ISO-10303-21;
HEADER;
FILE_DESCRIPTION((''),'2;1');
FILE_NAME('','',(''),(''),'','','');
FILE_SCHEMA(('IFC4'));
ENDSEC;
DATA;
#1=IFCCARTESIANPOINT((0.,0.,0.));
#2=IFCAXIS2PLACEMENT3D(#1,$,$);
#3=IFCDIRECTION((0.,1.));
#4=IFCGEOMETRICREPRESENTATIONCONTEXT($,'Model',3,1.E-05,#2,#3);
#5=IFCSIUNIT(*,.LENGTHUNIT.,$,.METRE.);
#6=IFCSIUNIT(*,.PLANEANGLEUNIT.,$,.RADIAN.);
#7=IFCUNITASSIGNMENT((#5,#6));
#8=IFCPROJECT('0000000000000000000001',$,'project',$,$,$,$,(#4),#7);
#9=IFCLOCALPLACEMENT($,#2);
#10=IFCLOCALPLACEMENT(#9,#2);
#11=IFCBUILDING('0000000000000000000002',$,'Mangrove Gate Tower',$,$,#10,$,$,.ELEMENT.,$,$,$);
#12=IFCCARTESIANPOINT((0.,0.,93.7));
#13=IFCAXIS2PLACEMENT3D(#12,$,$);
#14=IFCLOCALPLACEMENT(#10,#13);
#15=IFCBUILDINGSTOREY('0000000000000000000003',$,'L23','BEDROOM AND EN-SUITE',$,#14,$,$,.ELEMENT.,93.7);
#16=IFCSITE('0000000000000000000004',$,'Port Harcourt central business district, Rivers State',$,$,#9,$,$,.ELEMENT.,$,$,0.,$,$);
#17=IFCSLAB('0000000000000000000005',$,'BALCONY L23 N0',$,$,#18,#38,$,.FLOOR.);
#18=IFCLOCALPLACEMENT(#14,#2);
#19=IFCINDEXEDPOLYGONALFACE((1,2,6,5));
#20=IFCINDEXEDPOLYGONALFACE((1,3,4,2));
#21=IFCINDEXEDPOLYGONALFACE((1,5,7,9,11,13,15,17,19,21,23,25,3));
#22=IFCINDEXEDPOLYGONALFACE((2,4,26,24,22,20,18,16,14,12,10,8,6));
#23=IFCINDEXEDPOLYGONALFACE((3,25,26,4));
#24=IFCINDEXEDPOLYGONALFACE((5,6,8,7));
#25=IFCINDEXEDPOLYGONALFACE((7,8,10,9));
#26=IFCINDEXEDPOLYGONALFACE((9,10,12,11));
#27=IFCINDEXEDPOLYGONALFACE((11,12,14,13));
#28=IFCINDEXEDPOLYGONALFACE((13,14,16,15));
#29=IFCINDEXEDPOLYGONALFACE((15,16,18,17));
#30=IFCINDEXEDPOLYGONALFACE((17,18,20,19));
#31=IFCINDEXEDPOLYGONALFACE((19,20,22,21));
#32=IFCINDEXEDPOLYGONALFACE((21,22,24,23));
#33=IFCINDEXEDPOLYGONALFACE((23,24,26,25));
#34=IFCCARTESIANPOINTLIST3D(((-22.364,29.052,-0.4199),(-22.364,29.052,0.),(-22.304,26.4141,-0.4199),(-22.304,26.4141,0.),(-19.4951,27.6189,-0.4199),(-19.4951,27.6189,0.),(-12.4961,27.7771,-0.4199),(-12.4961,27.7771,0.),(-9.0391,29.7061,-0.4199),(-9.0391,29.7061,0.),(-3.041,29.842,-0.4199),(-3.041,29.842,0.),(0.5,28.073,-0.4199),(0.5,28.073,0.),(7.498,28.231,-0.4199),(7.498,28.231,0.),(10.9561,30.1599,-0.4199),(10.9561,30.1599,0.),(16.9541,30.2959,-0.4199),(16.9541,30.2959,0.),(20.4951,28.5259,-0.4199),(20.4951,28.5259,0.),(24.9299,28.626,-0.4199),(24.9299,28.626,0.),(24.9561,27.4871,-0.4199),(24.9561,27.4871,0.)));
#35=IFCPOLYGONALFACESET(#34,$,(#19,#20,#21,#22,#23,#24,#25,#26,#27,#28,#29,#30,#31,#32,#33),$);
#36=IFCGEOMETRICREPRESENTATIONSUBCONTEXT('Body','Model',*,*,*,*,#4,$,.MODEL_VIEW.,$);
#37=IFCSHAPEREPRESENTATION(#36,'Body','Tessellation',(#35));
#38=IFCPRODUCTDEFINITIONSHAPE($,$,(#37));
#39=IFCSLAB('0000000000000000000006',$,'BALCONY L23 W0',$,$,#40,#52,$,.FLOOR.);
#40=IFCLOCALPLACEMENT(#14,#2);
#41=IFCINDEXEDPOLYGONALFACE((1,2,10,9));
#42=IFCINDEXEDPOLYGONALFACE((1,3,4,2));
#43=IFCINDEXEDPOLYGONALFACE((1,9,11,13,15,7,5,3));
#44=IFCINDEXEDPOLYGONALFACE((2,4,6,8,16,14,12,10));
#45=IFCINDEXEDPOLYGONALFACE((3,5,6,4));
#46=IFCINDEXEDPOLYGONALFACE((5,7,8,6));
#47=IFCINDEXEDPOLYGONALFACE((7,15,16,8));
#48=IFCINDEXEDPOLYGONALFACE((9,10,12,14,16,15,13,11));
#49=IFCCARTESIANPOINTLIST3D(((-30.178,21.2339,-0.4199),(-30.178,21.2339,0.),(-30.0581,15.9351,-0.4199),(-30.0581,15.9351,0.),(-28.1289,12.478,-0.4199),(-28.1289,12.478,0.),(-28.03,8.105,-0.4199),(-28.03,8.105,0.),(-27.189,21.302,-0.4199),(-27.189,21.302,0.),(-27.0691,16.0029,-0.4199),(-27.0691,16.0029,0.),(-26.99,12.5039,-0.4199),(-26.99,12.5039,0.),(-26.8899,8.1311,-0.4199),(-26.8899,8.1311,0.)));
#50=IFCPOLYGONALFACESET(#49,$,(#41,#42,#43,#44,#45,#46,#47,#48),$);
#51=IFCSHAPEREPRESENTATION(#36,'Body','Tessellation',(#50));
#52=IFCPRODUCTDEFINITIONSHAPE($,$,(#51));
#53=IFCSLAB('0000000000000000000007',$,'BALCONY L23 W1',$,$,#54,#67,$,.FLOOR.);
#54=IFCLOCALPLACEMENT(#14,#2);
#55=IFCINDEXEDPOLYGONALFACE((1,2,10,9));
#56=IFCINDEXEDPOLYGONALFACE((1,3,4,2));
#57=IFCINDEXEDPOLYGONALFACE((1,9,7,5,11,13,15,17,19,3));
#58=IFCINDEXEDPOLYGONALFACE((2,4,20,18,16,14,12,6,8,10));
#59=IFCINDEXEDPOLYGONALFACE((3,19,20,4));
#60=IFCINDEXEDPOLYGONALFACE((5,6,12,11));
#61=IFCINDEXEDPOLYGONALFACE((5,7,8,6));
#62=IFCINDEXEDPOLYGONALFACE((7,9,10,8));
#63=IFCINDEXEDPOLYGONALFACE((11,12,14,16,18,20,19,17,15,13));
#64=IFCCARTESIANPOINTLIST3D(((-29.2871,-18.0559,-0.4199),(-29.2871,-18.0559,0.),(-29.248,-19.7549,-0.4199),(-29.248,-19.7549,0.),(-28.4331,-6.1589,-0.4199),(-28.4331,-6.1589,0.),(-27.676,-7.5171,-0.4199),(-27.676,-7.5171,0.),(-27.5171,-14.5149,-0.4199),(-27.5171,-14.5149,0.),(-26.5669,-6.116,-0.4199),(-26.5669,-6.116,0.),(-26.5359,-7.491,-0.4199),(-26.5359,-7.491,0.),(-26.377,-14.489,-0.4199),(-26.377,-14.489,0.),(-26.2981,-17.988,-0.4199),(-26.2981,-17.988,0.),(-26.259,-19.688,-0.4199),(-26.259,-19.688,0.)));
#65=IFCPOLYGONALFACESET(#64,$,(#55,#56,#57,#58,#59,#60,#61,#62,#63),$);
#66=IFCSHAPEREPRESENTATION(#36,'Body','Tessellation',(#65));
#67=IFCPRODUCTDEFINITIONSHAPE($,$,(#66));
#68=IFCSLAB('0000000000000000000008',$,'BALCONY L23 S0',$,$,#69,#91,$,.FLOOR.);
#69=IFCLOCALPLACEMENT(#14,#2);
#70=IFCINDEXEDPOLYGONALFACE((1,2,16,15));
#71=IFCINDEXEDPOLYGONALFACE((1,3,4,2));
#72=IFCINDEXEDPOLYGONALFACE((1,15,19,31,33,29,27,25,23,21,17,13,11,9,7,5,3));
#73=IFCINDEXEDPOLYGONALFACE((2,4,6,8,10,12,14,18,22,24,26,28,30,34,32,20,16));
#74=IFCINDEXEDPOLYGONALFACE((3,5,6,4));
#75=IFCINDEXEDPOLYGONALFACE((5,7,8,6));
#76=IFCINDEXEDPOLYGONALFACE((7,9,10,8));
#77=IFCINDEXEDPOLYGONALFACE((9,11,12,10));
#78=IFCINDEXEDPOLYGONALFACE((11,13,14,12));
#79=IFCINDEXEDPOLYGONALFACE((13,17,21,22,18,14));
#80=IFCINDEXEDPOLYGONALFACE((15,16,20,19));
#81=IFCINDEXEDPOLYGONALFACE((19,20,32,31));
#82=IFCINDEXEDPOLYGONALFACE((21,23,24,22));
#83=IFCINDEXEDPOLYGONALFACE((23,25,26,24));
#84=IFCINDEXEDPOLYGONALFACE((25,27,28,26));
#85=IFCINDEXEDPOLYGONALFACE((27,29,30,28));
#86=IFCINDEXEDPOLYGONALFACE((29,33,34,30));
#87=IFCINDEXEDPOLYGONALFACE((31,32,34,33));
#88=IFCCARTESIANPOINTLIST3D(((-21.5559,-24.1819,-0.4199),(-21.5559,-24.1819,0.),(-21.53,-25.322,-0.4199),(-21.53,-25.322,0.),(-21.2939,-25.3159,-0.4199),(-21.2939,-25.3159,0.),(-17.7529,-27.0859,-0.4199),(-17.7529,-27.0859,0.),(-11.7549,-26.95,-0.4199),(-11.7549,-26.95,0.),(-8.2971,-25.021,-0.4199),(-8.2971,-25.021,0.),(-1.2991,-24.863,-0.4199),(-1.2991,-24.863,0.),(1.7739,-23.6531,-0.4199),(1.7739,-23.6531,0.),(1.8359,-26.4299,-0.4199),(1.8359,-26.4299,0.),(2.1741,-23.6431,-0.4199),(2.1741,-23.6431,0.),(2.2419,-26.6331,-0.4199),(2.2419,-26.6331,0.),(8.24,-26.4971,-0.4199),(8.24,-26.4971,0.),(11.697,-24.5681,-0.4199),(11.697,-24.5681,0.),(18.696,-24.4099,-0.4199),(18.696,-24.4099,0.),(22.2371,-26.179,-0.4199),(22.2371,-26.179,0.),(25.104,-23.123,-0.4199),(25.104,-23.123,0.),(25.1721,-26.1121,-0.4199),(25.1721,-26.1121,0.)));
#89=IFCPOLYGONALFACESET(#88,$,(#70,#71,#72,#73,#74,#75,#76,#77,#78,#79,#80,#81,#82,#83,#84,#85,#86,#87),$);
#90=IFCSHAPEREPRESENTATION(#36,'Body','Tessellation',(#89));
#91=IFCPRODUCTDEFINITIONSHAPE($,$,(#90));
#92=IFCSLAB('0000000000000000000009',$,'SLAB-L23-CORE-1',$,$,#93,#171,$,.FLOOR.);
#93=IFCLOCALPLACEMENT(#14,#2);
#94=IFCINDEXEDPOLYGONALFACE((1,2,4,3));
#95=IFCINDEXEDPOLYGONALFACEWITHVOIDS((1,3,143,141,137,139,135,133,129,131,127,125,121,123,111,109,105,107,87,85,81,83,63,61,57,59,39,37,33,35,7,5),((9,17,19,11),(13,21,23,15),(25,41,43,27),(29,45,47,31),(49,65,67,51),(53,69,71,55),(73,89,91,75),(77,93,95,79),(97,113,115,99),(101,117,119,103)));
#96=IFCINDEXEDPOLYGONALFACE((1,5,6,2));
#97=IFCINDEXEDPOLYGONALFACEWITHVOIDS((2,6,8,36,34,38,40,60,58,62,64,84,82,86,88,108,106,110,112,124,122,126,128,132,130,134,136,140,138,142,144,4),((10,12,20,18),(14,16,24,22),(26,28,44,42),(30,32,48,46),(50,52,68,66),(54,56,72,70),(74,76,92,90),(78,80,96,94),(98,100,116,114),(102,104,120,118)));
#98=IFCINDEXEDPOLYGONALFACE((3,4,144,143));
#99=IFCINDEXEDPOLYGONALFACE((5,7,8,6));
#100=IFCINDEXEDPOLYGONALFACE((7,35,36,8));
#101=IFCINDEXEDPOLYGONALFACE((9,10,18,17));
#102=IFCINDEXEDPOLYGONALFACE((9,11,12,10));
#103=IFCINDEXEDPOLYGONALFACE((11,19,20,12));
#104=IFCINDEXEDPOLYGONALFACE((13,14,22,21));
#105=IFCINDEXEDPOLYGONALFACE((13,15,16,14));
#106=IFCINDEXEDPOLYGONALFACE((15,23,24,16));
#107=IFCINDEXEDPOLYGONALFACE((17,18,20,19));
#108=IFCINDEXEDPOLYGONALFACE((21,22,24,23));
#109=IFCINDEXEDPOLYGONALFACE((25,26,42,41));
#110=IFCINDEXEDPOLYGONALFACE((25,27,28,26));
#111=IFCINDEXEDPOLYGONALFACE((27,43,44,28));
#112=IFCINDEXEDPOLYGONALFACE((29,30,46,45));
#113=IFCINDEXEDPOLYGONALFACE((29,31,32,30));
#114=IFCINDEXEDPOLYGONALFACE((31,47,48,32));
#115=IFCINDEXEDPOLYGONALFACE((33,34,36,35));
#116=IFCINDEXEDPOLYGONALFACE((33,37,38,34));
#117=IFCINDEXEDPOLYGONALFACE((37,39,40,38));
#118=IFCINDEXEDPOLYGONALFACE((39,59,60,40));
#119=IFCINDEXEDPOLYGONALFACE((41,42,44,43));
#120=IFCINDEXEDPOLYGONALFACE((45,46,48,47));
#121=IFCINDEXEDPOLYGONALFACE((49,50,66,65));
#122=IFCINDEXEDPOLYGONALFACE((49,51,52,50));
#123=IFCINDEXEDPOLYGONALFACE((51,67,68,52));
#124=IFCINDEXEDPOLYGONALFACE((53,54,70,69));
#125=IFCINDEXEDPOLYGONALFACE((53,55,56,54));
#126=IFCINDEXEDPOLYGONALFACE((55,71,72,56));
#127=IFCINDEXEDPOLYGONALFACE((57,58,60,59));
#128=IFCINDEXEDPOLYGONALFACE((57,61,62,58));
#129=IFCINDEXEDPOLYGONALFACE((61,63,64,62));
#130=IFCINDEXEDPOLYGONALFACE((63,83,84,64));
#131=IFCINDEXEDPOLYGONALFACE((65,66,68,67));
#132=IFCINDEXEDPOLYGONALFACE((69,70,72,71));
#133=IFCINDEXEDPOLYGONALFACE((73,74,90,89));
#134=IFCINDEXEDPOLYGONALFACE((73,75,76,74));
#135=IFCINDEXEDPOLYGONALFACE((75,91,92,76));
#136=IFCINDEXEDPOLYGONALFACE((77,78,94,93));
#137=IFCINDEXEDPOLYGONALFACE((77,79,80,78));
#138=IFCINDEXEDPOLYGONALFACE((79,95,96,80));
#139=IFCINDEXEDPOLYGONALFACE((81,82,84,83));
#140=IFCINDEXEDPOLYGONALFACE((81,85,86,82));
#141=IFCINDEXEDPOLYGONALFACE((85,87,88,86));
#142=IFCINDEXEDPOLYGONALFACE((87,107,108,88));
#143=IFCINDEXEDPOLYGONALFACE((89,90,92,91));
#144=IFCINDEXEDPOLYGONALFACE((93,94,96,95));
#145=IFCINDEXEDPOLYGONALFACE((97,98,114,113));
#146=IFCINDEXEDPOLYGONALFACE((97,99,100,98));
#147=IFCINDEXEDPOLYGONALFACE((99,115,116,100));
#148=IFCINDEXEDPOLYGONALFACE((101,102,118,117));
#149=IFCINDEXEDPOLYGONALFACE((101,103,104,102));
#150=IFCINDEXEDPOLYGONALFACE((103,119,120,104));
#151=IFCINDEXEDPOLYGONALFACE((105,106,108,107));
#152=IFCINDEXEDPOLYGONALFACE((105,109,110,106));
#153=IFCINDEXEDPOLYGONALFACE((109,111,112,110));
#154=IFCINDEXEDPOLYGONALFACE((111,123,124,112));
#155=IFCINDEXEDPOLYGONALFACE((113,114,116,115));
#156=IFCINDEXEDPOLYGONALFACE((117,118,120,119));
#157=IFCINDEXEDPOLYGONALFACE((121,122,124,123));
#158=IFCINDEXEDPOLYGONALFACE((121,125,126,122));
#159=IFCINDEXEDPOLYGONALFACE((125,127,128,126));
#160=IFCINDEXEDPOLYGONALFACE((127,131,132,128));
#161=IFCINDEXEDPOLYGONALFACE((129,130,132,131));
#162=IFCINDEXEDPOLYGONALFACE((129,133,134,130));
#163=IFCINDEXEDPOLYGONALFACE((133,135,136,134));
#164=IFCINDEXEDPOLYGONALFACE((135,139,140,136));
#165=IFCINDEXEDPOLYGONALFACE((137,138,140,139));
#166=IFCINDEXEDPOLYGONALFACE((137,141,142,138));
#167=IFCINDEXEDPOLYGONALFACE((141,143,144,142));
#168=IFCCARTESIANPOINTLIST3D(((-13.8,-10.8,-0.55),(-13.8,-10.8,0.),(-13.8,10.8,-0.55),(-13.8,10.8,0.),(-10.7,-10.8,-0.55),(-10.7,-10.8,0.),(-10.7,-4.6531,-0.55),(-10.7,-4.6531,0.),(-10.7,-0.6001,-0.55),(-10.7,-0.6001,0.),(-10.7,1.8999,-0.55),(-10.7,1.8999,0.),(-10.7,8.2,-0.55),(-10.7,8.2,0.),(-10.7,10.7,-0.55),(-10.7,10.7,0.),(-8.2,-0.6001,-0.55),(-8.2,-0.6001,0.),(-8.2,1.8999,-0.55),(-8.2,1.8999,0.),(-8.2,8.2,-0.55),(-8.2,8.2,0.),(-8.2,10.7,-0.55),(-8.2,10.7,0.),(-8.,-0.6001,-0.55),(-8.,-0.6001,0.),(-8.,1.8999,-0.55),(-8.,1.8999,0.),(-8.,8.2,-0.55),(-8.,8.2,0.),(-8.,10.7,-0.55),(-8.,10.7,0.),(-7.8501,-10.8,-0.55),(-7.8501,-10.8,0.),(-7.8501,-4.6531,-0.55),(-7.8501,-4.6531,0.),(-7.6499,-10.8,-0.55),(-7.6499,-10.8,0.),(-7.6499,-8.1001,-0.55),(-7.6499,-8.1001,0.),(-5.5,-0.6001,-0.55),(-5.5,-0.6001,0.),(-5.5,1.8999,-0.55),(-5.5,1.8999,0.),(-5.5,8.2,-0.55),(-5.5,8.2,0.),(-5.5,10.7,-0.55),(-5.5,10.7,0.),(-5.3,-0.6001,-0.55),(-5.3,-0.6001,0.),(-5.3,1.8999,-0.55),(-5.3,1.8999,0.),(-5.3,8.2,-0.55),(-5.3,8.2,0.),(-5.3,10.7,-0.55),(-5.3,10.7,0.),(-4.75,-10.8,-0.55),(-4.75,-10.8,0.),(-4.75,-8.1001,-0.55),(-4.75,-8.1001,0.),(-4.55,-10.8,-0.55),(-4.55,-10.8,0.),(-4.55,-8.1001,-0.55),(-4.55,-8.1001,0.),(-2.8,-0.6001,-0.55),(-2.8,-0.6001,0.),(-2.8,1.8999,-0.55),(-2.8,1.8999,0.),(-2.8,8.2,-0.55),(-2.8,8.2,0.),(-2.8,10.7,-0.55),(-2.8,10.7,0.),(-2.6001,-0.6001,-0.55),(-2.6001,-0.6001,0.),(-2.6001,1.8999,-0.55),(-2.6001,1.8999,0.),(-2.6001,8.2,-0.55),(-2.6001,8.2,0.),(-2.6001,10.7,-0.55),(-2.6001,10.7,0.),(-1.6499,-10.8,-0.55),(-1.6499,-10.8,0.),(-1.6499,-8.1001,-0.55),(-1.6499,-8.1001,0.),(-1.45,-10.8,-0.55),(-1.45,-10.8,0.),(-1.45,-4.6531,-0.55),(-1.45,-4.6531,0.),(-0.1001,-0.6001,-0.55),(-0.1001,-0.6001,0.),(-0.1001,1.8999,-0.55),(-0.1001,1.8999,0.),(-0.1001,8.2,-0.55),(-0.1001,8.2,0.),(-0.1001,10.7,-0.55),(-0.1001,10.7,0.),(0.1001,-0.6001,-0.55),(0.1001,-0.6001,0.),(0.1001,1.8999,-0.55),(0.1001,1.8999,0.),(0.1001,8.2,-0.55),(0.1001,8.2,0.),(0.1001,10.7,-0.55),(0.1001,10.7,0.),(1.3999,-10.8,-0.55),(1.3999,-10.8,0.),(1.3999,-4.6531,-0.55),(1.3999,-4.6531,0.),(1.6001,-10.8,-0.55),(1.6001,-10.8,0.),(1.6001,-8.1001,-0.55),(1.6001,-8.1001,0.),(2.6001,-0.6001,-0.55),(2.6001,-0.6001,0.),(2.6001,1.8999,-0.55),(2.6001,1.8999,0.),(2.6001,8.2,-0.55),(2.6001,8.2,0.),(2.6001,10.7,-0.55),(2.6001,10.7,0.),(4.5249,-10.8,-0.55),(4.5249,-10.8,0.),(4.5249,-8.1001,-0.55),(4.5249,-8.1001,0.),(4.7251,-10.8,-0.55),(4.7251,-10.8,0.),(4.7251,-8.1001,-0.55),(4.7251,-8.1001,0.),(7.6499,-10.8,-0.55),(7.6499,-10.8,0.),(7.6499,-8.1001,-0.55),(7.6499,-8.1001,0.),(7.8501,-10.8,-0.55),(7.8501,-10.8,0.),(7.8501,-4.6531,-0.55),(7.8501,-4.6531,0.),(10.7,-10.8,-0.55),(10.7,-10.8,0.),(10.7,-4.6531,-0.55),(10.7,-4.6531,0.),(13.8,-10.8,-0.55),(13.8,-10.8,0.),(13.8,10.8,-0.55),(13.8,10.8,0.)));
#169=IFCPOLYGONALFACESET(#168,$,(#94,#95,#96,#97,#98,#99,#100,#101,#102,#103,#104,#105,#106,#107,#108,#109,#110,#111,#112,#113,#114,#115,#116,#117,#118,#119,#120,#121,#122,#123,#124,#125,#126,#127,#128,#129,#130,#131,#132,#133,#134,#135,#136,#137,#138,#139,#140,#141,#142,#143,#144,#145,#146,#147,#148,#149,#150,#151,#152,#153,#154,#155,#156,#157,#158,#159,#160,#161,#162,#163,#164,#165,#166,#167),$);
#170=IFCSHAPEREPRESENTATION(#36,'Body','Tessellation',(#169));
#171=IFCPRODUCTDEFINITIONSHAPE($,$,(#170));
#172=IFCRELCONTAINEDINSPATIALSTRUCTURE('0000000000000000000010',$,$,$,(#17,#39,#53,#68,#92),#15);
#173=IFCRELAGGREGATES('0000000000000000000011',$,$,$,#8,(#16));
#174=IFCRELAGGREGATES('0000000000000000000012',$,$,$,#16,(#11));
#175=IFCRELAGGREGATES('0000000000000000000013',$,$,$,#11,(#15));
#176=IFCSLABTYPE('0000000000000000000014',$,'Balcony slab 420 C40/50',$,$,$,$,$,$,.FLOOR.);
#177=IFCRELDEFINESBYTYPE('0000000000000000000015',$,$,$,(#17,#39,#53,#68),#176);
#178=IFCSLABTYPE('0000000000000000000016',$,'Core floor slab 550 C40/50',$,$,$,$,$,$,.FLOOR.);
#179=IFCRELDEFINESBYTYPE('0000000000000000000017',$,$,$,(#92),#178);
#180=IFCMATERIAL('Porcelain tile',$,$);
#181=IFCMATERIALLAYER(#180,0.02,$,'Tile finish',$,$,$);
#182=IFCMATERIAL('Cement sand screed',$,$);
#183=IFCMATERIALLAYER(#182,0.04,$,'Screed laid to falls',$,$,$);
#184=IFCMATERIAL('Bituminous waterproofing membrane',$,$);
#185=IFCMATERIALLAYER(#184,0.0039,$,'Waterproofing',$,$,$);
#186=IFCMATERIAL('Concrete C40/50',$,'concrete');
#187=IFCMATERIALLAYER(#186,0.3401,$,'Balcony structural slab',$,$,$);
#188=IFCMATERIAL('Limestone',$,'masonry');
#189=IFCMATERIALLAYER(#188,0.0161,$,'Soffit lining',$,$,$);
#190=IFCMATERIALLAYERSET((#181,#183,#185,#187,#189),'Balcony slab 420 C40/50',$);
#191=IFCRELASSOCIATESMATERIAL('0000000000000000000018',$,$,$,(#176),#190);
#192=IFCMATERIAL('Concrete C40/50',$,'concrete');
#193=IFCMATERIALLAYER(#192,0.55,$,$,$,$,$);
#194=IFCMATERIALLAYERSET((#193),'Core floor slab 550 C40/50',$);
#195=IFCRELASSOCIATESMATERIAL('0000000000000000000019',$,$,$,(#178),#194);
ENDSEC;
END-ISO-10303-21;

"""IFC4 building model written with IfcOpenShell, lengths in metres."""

from ifc_helpers import new_model, si_unit, direction, frame, origin, place, context, subcontext, project, spatial, polyline, outline, extrude, material, layer, layer_set, type_object, element, save


model = new_model("IFC4")

# Units and contexts
model_context = context("Model", 3, precision=1e-05, world=origin(), true_north=direction((0.0, 1.0)))
body_context = subcontext(model_context, "Body", "Model", "MODEL_VIEW")
ifc_project = project(units=[si_unit("LENGTHUNIT", "METRE"), si_unit("PLANEANGLEUNIT", "RADIAN")], contexts=[model_context])

# Site, building, storey
site_placement = place(None, origin())
site = spatial("IfcSite", under=ifc_project, at=site_placement, Name="Port Harcourt central business district, Rivers State", CompositionType="ELEMENT", RefElevation=0.0)
building_placement = place(site_placement, origin())
building = spatial("IfcBuilding", under=site, at=building_placement, Name="Mangrove Gate Tower", CompositionType="ELEMENT")
storey_placement = place(building_placement, frame((0.0, 0.0, 93.7)))
storey = spatial("IfcBuildingStorey", under=building, at=storey_placement, Name="L23", Description="BEDROOM AND EN-SUITE", CompositionType="ELEMENT", Elevation=93.7)

# Slabs
ifc_material_1 = material(Name="Porcelain tile")
ifc_layer_1 = layer(ifc_material_1, 0.02, Name="Tile finish")
ifc_material_2 = material(Name="Cement sand screed")
ifc_layer_2 = layer(ifc_material_2, 0.04, Name="Screed laid to falls")
ifc_material_3 = material(Name="Bituminous waterproofing membrane")
ifc_layer_3 = layer(ifc_material_3, 0.0039, Name="Waterproofing")
ifc_material_4 = material(Name="Concrete C40/50", Category="concrete")
ifc_layer_4 = layer(ifc_material_4, 0.3401, Name="Balcony structural slab")
ifc_material_5 = material(Name="Limestone", Category="masonry")
ifc_layer_5 = layer(ifc_material_5, 0.0161, Name="Soffit lining")
ifc_layer_set_1 = layer_set([ifc_layer_1, ifc_layer_2, ifc_layer_3, ifc_layer_4, ifc_layer_5], Name="Balcony slab 420 C40/50")
slab_type_1 = type_object("IfcSlabType", Name="Balcony slab 420 C40/50", PredefinedType="FLOOR", material=ifc_layer_set_1)
slab_1_placement = place(storey_placement, frame((0.0, 0.0, -0.4199)))
element("IfcSlab", 1, at=slab_1_placement, inside=storey, type_object=slab_type_1, Name="BALCONY L23 N0", PredefinedType="FLOOR", context=body_context, shape_type="SweptSolid", body=[
    extrude(outline(polyline([(24.9299, 28.626), (20.4951, 28.5259), (16.9541, 30.2959), (10.9561, 30.1599), (7.498, 28.231), (0.5, 28.073), (-3.041, 29.842), (-9.0391, 29.7061), (-12.4961, 27.7771), (-19.4951, 27.6189), (-22.364, 29.052), (-22.304, 26.4141), (24.9561, 27.4871), (24.9299, 28.626)])), origin(), (0.0, 0.0, 1.0), 0.4199),
])
slab_2_placement = place(storey_placement, frame((0.0, 0.0, -0.4199)))
element("IfcSlab", 2, at=slab_2_placement, inside=storey, type_object=slab_type_1, Name="BALCONY L23 W0", PredefinedType="FLOOR", context=body_context, shape_type="SweptSolid", body=[
    extrude(outline(polyline([(-30.178, 21.2339), (-30.0581, 15.9351), (-28.1289, 12.478), (-28.03, 8.105), (-26.8899, 8.1311), (-26.99, 12.5039), (-27.0691, 16.0029), (-27.189, 21.302), (-30.178, 21.2339)])), origin(), (0.0, 0.0, 1.0), 0.4199),
])
slab_3_placement = place(storey_placement, frame((0.0, 0.0, -0.4199)))
element("IfcSlab", 3, at=slab_3_placement, inside=storey, type_object=slab_type_1, Name="BALCONY L23 W1", PredefinedType="FLOOR", context=body_context, shape_type="SweptSolid", body=[
    extrude(outline(polyline([(-28.4331, -6.1589), (-27.676, -7.5171), (-27.5171, -14.5149), (-29.2871, -18.0559), (-29.248, -19.7549), (-26.259, -19.688), (-26.2981, -17.988), (-26.377, -14.489), (-26.5359, -7.491), (-26.5669, -6.116), (-28.4331, -6.1589)])), origin(), (0.0, 0.0, 1.0), 0.4199),
])
slab_4_placement = place(storey_placement, frame((0.0, 0.0, -0.4199)))
element("IfcSlab", 4, at=slab_4_placement, inside=storey, type_object=slab_type_1, Name="BALCONY L23 S0", PredefinedType="FLOOR", context=body_context, shape_type="SweptSolid", body=[
    extrude(outline(polyline([(-21.53, -25.322), (-21.2939, -25.3159), (-17.7529, -27.0859), (-11.7549, -26.95), (-8.2971, -25.021), (-1.2991, -24.863), (1.8359, -26.4299), (2.2419, -26.6331), (8.24, -26.4971), (11.697, -24.5681), (18.696, -24.4099), (22.2371, -26.179), (25.1721, -26.1121), (25.104, -23.123), (2.1741, -23.6431), (1.7739, -23.6531), (-21.5559, -24.1819), (-21.53, -25.322)])), origin(), (0.0, 0.0, 1.0), 0.4199),
])
ifc_material_6 = material(Name="Concrete C40/50", Category="concrete")
ifc_layer_6 = layer(ifc_material_6, 0.55)
ifc_layer_set_2 = layer_set([ifc_layer_6], Name="Core floor slab 550 C40/50")
slab_type_2 = type_object("IfcSlabType", Name="Core floor slab 550 C40/50", PredefinedType="FLOOR", material=ifc_layer_set_2)
slab_5_placement = place(storey_placement, frame((0.0, 0.0, -0.55)))
element("IfcSlab", 5, at=slab_5_placement, inside=storey, type_object=slab_type_2, Name="SLAB-L23-CORE-1", PredefinedType="FLOOR", context=body_context, shape_type="SweptSolid", body=[
    extrude(outline(polyline([(-13.8, -10.8), (-13.8, 10.8), (13.8, 10.8), (13.8, -10.8), (10.7, -10.8), (10.7, -4.6531), (7.8501, -4.6531), (7.8501, -10.8), (7.6499, -10.8), (7.6499, -8.1001), (4.7251, -8.1001), (4.7251, -10.8), (4.5249, -10.8), (4.5249, -8.1001), (1.6001, -8.1001), (1.6001, -10.8), (1.3999, -10.8), (1.3999, -4.6531), (-1.45, -4.6531), (-1.45, -10.8), (-1.6499, -10.8), (-1.6499, -8.1001), (-4.55, -8.1001), (-4.55, -10.8), (-4.75, -10.8), (-4.75, -8.1001), (-7.6499, -8.1001), (-7.6499, -10.8), (-7.8501, -10.8), (-7.8501, -4.6531), (-10.7, -4.6531), (-10.7, -10.8), (-13.8, -10.8)]), holes=[polyline([(-8.2, -0.6001), (-8.2, 1.8999), (-10.7, 1.8999), (-10.7, -0.6001), (-8.2, -0.6001)]), polyline([(-5.5, -0.6001), (-5.5, 1.8999), (-8.0, 1.8999), (-8.0, -0.6001), (-5.5, -0.6001)]), polyline([(-2.8, -0.6001), (-2.8, 1.8999), (-5.3, 1.8999), (-5.3, -0.6001), (-2.8, -0.6001)]), polyline([(-8.2, 8.2), (-8.2, 10.7), (-10.7, 10.7), (-10.7, 8.2), (-8.2, 8.2)]), polyline([(-5.5, 8.2), (-5.5, 10.7), (-8.0, 10.7), (-8.0, 8.2), (-5.5, 8.2)]), polyline([(-2.8, 8.2), (-2.8, 10.7), (-5.3, 10.7), (-5.3, 8.2), (-2.8, 8.2)]), polyline([(-0.1001, -0.6001), (-0.1001, 1.8999), (-2.6001, 1.8999), (-2.6001, -0.6001), (-0.1001, -0.6001)]), polyline([(2.6001, -0.6001), (2.6001, 1.8999), (0.1001, 1.8999), (0.1001, -0.6001), (2.6001, -0.6001)]), polyline([(-2.6001, 8.2), (-0.1001, 8.2), (-0.1001, 10.7), (-2.6001, 10.7), (-2.6001, 8.2)]), polyline([(0.1001, 8.2), (2.6001, 8.2), (2.6001, 10.7), (0.1001, 10.7), (0.1001, 8.2)])]), origin(), (0.0, 0.0, 1.0), 0.55),
])

save(model, "model.ifc")
